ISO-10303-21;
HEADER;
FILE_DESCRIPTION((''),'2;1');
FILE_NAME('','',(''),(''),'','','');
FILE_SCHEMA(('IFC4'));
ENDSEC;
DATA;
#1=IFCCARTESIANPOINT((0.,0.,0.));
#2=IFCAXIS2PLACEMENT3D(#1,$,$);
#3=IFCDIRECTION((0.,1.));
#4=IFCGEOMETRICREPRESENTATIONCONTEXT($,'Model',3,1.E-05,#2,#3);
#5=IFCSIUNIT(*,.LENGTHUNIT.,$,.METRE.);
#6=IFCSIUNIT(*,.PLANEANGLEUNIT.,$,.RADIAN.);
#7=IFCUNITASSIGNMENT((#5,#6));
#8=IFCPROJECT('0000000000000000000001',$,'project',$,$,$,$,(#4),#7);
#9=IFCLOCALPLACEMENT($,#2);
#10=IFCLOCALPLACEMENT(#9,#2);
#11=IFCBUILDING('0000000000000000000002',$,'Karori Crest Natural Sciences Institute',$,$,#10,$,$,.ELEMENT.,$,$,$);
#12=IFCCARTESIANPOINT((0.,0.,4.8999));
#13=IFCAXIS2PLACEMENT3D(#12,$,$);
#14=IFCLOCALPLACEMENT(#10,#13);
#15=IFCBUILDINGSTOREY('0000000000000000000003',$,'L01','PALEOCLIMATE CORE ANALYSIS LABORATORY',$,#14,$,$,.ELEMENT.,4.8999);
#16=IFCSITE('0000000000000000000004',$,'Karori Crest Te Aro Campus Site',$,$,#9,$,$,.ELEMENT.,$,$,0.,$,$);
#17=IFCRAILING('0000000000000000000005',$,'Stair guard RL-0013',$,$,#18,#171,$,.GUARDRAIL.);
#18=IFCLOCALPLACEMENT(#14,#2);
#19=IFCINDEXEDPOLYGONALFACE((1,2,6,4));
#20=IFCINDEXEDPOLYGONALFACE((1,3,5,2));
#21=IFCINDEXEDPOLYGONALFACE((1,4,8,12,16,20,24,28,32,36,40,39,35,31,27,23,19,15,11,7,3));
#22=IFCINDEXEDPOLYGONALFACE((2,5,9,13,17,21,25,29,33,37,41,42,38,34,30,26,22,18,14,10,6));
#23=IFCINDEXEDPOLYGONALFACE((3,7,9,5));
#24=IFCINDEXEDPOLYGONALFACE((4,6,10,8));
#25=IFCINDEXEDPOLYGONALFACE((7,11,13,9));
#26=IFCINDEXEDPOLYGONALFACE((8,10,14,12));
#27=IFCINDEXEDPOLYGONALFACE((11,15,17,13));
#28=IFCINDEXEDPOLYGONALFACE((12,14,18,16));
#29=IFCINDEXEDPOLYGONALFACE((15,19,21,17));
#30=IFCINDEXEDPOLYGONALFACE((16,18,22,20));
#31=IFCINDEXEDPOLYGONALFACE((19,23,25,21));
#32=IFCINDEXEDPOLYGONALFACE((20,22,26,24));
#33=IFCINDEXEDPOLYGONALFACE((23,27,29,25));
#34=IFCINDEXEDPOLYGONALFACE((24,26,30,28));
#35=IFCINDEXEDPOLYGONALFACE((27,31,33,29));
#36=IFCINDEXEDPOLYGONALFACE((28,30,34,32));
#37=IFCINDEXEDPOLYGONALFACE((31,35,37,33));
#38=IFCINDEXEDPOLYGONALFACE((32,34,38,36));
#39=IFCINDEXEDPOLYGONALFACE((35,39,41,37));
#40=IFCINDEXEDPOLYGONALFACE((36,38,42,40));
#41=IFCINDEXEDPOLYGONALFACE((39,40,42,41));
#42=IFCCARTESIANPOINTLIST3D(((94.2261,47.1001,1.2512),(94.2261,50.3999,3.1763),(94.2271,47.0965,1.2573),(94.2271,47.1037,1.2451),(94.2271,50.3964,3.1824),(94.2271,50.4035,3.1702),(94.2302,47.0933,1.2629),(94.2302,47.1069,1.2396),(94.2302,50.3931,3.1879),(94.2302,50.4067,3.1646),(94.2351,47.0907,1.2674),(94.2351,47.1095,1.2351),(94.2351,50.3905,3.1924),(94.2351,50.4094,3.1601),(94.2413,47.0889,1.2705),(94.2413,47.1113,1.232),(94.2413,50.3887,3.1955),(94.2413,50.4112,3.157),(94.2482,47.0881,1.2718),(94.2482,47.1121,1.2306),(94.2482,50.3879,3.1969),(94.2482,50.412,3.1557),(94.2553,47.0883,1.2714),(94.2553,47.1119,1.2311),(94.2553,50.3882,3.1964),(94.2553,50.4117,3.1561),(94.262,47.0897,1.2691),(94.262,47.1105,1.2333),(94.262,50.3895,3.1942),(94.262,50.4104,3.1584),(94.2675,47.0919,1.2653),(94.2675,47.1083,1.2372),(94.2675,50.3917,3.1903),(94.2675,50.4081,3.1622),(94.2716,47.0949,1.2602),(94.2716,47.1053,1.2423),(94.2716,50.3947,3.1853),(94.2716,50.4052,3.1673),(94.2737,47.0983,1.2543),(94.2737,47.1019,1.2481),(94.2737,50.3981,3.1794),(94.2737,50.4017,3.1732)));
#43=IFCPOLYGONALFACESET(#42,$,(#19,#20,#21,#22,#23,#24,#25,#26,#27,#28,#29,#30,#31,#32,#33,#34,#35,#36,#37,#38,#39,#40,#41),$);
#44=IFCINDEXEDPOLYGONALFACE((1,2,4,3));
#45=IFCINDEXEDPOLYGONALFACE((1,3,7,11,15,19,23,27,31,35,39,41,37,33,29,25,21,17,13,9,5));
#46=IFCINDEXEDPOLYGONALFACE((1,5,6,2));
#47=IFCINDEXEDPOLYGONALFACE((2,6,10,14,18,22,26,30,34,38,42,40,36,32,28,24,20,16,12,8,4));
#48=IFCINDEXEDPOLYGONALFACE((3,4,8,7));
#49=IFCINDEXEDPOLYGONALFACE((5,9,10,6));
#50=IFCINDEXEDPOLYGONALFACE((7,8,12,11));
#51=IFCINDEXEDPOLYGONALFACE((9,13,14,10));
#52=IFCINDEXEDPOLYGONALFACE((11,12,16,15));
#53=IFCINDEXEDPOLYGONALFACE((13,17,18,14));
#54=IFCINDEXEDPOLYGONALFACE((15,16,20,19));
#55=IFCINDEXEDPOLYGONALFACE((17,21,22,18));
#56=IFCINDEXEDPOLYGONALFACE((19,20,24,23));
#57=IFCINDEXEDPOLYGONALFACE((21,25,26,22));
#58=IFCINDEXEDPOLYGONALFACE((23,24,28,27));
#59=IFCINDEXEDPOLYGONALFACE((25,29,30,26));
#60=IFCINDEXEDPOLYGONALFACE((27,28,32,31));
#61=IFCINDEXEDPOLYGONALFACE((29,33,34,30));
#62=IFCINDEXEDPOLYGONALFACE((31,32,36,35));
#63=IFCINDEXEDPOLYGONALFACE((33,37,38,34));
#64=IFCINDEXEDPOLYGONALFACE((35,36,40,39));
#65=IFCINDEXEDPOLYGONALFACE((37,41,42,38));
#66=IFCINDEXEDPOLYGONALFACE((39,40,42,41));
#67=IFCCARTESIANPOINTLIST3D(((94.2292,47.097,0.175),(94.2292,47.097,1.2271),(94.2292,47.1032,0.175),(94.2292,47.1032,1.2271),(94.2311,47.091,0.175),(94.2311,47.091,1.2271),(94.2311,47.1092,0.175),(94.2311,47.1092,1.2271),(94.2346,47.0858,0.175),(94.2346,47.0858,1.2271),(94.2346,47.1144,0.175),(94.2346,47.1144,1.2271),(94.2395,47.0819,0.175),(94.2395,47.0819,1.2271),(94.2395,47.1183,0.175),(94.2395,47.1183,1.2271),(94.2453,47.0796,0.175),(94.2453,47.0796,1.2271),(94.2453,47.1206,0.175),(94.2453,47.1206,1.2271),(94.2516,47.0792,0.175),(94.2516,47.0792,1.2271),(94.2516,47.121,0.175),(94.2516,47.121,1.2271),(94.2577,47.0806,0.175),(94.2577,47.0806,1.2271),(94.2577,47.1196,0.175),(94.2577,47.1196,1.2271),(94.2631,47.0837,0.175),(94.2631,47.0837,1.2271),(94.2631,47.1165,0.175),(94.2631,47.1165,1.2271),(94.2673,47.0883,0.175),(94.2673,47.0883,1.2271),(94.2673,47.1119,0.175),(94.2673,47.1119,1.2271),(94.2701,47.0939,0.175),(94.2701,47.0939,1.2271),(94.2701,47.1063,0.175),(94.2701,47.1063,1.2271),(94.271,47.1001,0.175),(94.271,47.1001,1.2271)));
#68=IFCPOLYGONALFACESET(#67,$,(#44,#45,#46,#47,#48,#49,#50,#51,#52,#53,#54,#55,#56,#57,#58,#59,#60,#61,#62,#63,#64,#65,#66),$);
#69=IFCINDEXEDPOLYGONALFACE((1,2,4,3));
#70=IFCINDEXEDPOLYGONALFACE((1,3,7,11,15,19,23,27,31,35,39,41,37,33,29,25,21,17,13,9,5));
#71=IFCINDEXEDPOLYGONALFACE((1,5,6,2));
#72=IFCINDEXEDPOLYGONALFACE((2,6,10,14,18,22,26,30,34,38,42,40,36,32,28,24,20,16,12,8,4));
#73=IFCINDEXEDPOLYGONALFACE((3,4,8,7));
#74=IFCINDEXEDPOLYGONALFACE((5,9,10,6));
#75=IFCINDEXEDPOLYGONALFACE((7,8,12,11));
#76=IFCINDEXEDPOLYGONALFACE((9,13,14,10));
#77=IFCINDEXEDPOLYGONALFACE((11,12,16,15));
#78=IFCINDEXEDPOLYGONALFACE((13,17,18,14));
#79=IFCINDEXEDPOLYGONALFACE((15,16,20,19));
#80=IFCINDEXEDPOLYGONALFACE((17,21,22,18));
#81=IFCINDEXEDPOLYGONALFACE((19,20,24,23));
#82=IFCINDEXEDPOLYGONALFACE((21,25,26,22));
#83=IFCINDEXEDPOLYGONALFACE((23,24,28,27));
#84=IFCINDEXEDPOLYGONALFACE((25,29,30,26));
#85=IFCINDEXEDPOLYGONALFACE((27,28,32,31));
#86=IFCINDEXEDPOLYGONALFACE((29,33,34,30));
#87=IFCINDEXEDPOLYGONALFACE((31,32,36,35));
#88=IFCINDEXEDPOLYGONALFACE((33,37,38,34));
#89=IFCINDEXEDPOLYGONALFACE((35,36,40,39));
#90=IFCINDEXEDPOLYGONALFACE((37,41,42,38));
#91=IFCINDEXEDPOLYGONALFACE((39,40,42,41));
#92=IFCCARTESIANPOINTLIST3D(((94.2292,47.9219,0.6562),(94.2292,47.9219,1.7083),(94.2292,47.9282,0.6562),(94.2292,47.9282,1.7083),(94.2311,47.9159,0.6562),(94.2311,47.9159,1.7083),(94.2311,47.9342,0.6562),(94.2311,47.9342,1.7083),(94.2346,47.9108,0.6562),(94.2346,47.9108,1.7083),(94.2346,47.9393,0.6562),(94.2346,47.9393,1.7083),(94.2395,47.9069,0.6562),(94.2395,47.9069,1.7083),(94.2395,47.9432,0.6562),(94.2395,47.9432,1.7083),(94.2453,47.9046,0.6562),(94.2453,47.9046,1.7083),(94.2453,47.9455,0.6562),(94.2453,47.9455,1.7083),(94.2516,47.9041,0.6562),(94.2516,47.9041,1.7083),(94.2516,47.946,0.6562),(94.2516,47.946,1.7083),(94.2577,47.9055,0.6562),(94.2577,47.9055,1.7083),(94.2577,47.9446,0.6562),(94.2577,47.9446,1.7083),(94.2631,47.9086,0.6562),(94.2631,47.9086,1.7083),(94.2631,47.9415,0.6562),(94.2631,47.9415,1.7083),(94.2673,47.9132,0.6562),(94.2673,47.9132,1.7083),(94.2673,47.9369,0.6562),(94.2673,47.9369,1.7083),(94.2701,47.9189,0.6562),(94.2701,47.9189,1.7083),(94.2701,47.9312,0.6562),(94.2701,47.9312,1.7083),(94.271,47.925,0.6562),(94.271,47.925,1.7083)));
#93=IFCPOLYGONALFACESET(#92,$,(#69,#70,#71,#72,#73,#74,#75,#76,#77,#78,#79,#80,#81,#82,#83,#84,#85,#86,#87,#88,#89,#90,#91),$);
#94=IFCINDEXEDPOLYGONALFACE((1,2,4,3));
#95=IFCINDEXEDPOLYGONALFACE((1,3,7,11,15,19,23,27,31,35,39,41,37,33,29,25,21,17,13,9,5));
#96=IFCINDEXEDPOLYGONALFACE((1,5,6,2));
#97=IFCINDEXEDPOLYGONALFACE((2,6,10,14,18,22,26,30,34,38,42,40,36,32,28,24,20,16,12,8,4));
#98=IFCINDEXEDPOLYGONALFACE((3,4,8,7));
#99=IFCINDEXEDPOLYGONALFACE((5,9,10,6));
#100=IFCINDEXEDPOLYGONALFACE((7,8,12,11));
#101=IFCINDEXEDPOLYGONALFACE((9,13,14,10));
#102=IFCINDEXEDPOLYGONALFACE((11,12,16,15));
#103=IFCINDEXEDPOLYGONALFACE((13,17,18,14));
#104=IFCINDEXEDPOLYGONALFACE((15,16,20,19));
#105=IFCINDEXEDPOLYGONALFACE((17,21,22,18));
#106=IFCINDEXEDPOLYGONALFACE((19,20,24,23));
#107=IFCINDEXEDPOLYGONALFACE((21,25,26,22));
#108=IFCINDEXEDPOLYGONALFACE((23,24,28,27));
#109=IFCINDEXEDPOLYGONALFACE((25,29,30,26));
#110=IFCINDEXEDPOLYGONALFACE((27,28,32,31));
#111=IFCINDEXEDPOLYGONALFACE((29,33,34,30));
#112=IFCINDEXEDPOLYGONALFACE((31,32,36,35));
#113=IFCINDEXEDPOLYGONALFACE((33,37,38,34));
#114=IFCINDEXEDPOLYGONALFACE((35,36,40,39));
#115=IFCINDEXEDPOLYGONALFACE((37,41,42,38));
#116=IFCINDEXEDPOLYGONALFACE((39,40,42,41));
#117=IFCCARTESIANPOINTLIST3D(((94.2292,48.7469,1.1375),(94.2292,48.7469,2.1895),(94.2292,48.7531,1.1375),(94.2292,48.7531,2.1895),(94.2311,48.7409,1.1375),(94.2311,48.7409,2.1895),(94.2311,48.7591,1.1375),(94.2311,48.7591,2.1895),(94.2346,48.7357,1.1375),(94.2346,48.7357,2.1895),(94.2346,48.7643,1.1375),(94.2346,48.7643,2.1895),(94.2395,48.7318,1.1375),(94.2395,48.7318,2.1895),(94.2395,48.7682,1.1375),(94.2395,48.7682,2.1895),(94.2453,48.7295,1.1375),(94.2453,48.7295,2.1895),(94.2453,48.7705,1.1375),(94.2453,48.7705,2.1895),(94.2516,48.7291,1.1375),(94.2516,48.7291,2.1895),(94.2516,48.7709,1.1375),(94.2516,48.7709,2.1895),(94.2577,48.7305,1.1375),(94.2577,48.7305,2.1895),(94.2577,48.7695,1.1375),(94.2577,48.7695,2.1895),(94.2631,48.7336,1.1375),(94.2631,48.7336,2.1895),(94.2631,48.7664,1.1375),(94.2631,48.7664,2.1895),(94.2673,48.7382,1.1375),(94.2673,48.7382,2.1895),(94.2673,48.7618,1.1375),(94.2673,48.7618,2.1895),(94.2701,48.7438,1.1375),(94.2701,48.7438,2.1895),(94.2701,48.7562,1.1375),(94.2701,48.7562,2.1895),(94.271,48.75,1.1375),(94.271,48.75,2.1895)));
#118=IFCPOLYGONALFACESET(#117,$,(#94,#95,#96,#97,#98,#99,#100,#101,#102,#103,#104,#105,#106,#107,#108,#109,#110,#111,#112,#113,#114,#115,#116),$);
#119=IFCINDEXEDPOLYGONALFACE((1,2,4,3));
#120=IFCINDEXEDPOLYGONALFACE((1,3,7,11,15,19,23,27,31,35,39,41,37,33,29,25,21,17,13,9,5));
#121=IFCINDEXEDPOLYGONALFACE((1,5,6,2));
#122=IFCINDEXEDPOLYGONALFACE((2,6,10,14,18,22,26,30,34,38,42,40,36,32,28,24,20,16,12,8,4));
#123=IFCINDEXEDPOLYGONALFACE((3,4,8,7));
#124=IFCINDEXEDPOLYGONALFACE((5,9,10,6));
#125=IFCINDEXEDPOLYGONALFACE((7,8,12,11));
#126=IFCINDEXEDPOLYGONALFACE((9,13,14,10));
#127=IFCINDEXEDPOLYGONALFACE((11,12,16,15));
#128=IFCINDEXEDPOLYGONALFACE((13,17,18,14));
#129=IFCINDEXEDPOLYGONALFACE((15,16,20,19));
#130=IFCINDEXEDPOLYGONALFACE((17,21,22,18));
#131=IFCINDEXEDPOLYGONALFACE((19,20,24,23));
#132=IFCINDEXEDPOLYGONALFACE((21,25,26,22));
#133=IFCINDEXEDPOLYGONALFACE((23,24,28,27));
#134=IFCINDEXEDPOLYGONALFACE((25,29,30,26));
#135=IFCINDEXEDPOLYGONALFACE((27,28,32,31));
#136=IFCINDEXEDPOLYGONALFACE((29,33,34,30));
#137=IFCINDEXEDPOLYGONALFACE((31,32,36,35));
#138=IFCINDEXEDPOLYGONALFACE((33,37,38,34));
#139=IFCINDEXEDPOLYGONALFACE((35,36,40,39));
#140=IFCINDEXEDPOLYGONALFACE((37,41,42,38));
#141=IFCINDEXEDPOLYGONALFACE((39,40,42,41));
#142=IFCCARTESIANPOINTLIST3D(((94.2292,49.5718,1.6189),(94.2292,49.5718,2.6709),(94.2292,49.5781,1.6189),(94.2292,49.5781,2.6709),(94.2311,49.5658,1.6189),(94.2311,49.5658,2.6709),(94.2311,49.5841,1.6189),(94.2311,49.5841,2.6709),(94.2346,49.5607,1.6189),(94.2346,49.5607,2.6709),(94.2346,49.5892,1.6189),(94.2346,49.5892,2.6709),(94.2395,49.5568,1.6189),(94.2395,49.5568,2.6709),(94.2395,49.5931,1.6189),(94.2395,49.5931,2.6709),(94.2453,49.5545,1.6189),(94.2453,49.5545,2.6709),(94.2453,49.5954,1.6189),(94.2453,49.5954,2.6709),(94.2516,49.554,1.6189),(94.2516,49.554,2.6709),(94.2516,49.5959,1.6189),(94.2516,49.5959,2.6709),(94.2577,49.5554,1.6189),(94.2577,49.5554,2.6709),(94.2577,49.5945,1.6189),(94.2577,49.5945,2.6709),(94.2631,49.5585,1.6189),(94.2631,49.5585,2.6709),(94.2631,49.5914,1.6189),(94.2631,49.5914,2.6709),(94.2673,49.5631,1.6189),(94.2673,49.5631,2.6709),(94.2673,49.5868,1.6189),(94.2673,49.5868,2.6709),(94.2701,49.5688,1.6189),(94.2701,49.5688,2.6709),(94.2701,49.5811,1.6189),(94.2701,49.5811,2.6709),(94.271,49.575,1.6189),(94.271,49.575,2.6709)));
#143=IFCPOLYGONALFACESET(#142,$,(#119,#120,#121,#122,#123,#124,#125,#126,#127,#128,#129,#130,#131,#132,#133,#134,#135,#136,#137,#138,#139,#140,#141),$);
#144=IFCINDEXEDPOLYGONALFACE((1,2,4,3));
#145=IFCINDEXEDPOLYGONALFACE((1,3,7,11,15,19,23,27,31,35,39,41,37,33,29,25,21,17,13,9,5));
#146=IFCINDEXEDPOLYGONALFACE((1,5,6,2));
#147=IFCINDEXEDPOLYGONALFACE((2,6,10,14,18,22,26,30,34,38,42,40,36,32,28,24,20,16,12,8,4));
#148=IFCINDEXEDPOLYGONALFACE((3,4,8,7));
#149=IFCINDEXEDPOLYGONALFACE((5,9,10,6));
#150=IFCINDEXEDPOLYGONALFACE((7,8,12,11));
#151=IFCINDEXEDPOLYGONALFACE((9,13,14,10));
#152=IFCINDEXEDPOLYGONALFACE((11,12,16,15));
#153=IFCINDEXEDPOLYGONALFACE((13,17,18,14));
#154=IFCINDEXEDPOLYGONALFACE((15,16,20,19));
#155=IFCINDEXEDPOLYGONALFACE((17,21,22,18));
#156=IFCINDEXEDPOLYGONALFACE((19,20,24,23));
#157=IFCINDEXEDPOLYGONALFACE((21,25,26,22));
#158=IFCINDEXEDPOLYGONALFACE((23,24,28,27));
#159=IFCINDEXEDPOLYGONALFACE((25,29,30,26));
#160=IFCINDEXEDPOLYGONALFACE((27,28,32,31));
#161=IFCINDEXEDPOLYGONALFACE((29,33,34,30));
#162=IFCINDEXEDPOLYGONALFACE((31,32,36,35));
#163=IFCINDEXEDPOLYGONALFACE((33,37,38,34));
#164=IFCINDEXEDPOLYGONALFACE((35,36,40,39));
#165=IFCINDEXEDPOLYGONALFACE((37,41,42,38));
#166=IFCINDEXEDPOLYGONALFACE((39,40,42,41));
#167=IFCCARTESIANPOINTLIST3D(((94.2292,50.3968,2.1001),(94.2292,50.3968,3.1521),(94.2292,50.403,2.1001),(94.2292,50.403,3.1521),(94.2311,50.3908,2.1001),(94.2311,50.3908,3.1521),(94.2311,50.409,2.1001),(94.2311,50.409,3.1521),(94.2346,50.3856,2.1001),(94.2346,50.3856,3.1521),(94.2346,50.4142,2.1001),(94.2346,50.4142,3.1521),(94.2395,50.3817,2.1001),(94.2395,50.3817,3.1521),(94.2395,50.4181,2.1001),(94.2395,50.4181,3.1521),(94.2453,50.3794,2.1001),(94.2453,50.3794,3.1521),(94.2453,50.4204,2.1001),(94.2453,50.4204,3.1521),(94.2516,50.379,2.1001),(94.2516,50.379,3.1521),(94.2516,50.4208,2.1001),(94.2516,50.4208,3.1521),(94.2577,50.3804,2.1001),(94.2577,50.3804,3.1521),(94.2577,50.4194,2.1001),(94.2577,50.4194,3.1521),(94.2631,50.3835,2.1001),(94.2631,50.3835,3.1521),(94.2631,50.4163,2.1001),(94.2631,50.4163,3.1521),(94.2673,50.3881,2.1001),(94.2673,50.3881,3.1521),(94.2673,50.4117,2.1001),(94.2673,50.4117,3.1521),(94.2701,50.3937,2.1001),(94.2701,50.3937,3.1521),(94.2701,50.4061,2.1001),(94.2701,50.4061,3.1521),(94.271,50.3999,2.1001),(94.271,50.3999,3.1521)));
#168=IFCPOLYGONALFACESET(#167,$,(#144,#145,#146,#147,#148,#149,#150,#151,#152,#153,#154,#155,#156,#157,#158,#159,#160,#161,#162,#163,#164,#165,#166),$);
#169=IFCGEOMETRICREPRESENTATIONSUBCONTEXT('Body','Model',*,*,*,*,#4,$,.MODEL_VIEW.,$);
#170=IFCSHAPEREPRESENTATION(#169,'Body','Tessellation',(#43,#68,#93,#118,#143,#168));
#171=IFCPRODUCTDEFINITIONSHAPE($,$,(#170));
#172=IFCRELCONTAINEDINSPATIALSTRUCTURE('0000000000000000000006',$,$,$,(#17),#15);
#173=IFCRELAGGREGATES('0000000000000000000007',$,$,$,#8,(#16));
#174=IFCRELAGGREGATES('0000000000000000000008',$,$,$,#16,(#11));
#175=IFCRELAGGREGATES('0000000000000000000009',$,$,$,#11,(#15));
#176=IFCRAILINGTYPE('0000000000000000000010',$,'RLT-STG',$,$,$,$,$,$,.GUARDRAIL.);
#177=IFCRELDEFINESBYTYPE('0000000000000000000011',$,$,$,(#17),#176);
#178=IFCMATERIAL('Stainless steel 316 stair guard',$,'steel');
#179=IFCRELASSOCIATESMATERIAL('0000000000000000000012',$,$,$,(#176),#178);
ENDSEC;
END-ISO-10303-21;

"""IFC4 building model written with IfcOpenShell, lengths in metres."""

from ifc_helpers import new_model, si_unit, direction, frame, origin, origin_2d, place, context, subcontext, project, spatial, circle, extrude, material, type_object, element, save


model = new_model("IFC4")

# Units and contexts
model_context = context("Model", 3, precision=1e-05, world=origin(), true_north=direction((0.0, 1.0)))
body_context = subcontext(model_context, "Body", "Model", "MODEL_VIEW")
ifc_project = project(units=[si_unit("LENGTHUNIT", "METRE"), si_unit("PLANEANGLEUNIT", "RADIAN")], contexts=[model_context])

# Site, building, storey
site_placement = place(None, origin())
site = spatial("IfcSite", under=ifc_project, at=site_placement, Name="Karori Crest Te Aro Campus Site", CompositionType="ELEMENT", RefElevation=0.0)
building_placement = place(site_placement, origin())
building = spatial("IfcBuilding", under=site, at=building_placement, Name="Karori Crest Natural Sciences Institute", CompositionType="ELEMENT")
storey_placement = place(building_placement, frame((0.0, 0.0, 4.8999)))
storey = spatial("IfcBuildingStorey", under=building, at=storey_placement, Name="L01", Description="PALEOCLIMATE CORE ANALYSIS LABORATORY", CompositionType="ELEMENT", Elevation=4.8999)

# Railing
ifc_material_1 = material(Name="Stainless steel 316 stair guard", Category="steel")
railing_type_1 = type_object("IfcRailingType", Name="RLT-STG", PredefinedType="GUARDRAIL", material=ifc_material_1)
railing_1_placement = place(storey_placement, frame((94.25, 47.1001, 0.175)))
element("IfcRailing", 1, at=railing_1_placement, inside=storey, type_object=railing_type_1, Name="Stair guard RL-0013", PredefinedType="GUARDRAIL", context=body_context, shape_type="SweptSolid", body=[
    extrude(circle(Radius=0.0239, at=origin_2d()), frame((0.0, 0.0, 1.0762), z_axis=(0.0, 0.86376, 0.503903), x_axis=(-1.0, 0.0, 0.0)), (0.0, 0.0, 1.0), 3.8203),
    extrude(circle(Radius=0.021, at=origin_2d()), origin(), (0.0, 0.0, 1.0), 1.052),
    extrude(circle(Radius=0.021, at=origin_2d()), frame((0.0, 0.825, 0.4812)), (0.0, 0.0, 1.0), 1.052),
    extrude(circle(Radius=0.021, at=origin_2d()), frame((0.0, 1.6499, 0.9624)), (0.0, 0.0, 1.0), 1.052),
    extrude(circle(Radius=0.021, at=origin_2d()), frame((0.0, 2.4749, 1.4438)), (0.0, 0.0, 1.0), 1.052),
    extrude(circle(Radius=0.021, at=origin_2d()), frame((0.0, 3.2998, 1.925)), (0.0, 0.0, 1.0), 1.052),
])

save(model, "model.ifc")
